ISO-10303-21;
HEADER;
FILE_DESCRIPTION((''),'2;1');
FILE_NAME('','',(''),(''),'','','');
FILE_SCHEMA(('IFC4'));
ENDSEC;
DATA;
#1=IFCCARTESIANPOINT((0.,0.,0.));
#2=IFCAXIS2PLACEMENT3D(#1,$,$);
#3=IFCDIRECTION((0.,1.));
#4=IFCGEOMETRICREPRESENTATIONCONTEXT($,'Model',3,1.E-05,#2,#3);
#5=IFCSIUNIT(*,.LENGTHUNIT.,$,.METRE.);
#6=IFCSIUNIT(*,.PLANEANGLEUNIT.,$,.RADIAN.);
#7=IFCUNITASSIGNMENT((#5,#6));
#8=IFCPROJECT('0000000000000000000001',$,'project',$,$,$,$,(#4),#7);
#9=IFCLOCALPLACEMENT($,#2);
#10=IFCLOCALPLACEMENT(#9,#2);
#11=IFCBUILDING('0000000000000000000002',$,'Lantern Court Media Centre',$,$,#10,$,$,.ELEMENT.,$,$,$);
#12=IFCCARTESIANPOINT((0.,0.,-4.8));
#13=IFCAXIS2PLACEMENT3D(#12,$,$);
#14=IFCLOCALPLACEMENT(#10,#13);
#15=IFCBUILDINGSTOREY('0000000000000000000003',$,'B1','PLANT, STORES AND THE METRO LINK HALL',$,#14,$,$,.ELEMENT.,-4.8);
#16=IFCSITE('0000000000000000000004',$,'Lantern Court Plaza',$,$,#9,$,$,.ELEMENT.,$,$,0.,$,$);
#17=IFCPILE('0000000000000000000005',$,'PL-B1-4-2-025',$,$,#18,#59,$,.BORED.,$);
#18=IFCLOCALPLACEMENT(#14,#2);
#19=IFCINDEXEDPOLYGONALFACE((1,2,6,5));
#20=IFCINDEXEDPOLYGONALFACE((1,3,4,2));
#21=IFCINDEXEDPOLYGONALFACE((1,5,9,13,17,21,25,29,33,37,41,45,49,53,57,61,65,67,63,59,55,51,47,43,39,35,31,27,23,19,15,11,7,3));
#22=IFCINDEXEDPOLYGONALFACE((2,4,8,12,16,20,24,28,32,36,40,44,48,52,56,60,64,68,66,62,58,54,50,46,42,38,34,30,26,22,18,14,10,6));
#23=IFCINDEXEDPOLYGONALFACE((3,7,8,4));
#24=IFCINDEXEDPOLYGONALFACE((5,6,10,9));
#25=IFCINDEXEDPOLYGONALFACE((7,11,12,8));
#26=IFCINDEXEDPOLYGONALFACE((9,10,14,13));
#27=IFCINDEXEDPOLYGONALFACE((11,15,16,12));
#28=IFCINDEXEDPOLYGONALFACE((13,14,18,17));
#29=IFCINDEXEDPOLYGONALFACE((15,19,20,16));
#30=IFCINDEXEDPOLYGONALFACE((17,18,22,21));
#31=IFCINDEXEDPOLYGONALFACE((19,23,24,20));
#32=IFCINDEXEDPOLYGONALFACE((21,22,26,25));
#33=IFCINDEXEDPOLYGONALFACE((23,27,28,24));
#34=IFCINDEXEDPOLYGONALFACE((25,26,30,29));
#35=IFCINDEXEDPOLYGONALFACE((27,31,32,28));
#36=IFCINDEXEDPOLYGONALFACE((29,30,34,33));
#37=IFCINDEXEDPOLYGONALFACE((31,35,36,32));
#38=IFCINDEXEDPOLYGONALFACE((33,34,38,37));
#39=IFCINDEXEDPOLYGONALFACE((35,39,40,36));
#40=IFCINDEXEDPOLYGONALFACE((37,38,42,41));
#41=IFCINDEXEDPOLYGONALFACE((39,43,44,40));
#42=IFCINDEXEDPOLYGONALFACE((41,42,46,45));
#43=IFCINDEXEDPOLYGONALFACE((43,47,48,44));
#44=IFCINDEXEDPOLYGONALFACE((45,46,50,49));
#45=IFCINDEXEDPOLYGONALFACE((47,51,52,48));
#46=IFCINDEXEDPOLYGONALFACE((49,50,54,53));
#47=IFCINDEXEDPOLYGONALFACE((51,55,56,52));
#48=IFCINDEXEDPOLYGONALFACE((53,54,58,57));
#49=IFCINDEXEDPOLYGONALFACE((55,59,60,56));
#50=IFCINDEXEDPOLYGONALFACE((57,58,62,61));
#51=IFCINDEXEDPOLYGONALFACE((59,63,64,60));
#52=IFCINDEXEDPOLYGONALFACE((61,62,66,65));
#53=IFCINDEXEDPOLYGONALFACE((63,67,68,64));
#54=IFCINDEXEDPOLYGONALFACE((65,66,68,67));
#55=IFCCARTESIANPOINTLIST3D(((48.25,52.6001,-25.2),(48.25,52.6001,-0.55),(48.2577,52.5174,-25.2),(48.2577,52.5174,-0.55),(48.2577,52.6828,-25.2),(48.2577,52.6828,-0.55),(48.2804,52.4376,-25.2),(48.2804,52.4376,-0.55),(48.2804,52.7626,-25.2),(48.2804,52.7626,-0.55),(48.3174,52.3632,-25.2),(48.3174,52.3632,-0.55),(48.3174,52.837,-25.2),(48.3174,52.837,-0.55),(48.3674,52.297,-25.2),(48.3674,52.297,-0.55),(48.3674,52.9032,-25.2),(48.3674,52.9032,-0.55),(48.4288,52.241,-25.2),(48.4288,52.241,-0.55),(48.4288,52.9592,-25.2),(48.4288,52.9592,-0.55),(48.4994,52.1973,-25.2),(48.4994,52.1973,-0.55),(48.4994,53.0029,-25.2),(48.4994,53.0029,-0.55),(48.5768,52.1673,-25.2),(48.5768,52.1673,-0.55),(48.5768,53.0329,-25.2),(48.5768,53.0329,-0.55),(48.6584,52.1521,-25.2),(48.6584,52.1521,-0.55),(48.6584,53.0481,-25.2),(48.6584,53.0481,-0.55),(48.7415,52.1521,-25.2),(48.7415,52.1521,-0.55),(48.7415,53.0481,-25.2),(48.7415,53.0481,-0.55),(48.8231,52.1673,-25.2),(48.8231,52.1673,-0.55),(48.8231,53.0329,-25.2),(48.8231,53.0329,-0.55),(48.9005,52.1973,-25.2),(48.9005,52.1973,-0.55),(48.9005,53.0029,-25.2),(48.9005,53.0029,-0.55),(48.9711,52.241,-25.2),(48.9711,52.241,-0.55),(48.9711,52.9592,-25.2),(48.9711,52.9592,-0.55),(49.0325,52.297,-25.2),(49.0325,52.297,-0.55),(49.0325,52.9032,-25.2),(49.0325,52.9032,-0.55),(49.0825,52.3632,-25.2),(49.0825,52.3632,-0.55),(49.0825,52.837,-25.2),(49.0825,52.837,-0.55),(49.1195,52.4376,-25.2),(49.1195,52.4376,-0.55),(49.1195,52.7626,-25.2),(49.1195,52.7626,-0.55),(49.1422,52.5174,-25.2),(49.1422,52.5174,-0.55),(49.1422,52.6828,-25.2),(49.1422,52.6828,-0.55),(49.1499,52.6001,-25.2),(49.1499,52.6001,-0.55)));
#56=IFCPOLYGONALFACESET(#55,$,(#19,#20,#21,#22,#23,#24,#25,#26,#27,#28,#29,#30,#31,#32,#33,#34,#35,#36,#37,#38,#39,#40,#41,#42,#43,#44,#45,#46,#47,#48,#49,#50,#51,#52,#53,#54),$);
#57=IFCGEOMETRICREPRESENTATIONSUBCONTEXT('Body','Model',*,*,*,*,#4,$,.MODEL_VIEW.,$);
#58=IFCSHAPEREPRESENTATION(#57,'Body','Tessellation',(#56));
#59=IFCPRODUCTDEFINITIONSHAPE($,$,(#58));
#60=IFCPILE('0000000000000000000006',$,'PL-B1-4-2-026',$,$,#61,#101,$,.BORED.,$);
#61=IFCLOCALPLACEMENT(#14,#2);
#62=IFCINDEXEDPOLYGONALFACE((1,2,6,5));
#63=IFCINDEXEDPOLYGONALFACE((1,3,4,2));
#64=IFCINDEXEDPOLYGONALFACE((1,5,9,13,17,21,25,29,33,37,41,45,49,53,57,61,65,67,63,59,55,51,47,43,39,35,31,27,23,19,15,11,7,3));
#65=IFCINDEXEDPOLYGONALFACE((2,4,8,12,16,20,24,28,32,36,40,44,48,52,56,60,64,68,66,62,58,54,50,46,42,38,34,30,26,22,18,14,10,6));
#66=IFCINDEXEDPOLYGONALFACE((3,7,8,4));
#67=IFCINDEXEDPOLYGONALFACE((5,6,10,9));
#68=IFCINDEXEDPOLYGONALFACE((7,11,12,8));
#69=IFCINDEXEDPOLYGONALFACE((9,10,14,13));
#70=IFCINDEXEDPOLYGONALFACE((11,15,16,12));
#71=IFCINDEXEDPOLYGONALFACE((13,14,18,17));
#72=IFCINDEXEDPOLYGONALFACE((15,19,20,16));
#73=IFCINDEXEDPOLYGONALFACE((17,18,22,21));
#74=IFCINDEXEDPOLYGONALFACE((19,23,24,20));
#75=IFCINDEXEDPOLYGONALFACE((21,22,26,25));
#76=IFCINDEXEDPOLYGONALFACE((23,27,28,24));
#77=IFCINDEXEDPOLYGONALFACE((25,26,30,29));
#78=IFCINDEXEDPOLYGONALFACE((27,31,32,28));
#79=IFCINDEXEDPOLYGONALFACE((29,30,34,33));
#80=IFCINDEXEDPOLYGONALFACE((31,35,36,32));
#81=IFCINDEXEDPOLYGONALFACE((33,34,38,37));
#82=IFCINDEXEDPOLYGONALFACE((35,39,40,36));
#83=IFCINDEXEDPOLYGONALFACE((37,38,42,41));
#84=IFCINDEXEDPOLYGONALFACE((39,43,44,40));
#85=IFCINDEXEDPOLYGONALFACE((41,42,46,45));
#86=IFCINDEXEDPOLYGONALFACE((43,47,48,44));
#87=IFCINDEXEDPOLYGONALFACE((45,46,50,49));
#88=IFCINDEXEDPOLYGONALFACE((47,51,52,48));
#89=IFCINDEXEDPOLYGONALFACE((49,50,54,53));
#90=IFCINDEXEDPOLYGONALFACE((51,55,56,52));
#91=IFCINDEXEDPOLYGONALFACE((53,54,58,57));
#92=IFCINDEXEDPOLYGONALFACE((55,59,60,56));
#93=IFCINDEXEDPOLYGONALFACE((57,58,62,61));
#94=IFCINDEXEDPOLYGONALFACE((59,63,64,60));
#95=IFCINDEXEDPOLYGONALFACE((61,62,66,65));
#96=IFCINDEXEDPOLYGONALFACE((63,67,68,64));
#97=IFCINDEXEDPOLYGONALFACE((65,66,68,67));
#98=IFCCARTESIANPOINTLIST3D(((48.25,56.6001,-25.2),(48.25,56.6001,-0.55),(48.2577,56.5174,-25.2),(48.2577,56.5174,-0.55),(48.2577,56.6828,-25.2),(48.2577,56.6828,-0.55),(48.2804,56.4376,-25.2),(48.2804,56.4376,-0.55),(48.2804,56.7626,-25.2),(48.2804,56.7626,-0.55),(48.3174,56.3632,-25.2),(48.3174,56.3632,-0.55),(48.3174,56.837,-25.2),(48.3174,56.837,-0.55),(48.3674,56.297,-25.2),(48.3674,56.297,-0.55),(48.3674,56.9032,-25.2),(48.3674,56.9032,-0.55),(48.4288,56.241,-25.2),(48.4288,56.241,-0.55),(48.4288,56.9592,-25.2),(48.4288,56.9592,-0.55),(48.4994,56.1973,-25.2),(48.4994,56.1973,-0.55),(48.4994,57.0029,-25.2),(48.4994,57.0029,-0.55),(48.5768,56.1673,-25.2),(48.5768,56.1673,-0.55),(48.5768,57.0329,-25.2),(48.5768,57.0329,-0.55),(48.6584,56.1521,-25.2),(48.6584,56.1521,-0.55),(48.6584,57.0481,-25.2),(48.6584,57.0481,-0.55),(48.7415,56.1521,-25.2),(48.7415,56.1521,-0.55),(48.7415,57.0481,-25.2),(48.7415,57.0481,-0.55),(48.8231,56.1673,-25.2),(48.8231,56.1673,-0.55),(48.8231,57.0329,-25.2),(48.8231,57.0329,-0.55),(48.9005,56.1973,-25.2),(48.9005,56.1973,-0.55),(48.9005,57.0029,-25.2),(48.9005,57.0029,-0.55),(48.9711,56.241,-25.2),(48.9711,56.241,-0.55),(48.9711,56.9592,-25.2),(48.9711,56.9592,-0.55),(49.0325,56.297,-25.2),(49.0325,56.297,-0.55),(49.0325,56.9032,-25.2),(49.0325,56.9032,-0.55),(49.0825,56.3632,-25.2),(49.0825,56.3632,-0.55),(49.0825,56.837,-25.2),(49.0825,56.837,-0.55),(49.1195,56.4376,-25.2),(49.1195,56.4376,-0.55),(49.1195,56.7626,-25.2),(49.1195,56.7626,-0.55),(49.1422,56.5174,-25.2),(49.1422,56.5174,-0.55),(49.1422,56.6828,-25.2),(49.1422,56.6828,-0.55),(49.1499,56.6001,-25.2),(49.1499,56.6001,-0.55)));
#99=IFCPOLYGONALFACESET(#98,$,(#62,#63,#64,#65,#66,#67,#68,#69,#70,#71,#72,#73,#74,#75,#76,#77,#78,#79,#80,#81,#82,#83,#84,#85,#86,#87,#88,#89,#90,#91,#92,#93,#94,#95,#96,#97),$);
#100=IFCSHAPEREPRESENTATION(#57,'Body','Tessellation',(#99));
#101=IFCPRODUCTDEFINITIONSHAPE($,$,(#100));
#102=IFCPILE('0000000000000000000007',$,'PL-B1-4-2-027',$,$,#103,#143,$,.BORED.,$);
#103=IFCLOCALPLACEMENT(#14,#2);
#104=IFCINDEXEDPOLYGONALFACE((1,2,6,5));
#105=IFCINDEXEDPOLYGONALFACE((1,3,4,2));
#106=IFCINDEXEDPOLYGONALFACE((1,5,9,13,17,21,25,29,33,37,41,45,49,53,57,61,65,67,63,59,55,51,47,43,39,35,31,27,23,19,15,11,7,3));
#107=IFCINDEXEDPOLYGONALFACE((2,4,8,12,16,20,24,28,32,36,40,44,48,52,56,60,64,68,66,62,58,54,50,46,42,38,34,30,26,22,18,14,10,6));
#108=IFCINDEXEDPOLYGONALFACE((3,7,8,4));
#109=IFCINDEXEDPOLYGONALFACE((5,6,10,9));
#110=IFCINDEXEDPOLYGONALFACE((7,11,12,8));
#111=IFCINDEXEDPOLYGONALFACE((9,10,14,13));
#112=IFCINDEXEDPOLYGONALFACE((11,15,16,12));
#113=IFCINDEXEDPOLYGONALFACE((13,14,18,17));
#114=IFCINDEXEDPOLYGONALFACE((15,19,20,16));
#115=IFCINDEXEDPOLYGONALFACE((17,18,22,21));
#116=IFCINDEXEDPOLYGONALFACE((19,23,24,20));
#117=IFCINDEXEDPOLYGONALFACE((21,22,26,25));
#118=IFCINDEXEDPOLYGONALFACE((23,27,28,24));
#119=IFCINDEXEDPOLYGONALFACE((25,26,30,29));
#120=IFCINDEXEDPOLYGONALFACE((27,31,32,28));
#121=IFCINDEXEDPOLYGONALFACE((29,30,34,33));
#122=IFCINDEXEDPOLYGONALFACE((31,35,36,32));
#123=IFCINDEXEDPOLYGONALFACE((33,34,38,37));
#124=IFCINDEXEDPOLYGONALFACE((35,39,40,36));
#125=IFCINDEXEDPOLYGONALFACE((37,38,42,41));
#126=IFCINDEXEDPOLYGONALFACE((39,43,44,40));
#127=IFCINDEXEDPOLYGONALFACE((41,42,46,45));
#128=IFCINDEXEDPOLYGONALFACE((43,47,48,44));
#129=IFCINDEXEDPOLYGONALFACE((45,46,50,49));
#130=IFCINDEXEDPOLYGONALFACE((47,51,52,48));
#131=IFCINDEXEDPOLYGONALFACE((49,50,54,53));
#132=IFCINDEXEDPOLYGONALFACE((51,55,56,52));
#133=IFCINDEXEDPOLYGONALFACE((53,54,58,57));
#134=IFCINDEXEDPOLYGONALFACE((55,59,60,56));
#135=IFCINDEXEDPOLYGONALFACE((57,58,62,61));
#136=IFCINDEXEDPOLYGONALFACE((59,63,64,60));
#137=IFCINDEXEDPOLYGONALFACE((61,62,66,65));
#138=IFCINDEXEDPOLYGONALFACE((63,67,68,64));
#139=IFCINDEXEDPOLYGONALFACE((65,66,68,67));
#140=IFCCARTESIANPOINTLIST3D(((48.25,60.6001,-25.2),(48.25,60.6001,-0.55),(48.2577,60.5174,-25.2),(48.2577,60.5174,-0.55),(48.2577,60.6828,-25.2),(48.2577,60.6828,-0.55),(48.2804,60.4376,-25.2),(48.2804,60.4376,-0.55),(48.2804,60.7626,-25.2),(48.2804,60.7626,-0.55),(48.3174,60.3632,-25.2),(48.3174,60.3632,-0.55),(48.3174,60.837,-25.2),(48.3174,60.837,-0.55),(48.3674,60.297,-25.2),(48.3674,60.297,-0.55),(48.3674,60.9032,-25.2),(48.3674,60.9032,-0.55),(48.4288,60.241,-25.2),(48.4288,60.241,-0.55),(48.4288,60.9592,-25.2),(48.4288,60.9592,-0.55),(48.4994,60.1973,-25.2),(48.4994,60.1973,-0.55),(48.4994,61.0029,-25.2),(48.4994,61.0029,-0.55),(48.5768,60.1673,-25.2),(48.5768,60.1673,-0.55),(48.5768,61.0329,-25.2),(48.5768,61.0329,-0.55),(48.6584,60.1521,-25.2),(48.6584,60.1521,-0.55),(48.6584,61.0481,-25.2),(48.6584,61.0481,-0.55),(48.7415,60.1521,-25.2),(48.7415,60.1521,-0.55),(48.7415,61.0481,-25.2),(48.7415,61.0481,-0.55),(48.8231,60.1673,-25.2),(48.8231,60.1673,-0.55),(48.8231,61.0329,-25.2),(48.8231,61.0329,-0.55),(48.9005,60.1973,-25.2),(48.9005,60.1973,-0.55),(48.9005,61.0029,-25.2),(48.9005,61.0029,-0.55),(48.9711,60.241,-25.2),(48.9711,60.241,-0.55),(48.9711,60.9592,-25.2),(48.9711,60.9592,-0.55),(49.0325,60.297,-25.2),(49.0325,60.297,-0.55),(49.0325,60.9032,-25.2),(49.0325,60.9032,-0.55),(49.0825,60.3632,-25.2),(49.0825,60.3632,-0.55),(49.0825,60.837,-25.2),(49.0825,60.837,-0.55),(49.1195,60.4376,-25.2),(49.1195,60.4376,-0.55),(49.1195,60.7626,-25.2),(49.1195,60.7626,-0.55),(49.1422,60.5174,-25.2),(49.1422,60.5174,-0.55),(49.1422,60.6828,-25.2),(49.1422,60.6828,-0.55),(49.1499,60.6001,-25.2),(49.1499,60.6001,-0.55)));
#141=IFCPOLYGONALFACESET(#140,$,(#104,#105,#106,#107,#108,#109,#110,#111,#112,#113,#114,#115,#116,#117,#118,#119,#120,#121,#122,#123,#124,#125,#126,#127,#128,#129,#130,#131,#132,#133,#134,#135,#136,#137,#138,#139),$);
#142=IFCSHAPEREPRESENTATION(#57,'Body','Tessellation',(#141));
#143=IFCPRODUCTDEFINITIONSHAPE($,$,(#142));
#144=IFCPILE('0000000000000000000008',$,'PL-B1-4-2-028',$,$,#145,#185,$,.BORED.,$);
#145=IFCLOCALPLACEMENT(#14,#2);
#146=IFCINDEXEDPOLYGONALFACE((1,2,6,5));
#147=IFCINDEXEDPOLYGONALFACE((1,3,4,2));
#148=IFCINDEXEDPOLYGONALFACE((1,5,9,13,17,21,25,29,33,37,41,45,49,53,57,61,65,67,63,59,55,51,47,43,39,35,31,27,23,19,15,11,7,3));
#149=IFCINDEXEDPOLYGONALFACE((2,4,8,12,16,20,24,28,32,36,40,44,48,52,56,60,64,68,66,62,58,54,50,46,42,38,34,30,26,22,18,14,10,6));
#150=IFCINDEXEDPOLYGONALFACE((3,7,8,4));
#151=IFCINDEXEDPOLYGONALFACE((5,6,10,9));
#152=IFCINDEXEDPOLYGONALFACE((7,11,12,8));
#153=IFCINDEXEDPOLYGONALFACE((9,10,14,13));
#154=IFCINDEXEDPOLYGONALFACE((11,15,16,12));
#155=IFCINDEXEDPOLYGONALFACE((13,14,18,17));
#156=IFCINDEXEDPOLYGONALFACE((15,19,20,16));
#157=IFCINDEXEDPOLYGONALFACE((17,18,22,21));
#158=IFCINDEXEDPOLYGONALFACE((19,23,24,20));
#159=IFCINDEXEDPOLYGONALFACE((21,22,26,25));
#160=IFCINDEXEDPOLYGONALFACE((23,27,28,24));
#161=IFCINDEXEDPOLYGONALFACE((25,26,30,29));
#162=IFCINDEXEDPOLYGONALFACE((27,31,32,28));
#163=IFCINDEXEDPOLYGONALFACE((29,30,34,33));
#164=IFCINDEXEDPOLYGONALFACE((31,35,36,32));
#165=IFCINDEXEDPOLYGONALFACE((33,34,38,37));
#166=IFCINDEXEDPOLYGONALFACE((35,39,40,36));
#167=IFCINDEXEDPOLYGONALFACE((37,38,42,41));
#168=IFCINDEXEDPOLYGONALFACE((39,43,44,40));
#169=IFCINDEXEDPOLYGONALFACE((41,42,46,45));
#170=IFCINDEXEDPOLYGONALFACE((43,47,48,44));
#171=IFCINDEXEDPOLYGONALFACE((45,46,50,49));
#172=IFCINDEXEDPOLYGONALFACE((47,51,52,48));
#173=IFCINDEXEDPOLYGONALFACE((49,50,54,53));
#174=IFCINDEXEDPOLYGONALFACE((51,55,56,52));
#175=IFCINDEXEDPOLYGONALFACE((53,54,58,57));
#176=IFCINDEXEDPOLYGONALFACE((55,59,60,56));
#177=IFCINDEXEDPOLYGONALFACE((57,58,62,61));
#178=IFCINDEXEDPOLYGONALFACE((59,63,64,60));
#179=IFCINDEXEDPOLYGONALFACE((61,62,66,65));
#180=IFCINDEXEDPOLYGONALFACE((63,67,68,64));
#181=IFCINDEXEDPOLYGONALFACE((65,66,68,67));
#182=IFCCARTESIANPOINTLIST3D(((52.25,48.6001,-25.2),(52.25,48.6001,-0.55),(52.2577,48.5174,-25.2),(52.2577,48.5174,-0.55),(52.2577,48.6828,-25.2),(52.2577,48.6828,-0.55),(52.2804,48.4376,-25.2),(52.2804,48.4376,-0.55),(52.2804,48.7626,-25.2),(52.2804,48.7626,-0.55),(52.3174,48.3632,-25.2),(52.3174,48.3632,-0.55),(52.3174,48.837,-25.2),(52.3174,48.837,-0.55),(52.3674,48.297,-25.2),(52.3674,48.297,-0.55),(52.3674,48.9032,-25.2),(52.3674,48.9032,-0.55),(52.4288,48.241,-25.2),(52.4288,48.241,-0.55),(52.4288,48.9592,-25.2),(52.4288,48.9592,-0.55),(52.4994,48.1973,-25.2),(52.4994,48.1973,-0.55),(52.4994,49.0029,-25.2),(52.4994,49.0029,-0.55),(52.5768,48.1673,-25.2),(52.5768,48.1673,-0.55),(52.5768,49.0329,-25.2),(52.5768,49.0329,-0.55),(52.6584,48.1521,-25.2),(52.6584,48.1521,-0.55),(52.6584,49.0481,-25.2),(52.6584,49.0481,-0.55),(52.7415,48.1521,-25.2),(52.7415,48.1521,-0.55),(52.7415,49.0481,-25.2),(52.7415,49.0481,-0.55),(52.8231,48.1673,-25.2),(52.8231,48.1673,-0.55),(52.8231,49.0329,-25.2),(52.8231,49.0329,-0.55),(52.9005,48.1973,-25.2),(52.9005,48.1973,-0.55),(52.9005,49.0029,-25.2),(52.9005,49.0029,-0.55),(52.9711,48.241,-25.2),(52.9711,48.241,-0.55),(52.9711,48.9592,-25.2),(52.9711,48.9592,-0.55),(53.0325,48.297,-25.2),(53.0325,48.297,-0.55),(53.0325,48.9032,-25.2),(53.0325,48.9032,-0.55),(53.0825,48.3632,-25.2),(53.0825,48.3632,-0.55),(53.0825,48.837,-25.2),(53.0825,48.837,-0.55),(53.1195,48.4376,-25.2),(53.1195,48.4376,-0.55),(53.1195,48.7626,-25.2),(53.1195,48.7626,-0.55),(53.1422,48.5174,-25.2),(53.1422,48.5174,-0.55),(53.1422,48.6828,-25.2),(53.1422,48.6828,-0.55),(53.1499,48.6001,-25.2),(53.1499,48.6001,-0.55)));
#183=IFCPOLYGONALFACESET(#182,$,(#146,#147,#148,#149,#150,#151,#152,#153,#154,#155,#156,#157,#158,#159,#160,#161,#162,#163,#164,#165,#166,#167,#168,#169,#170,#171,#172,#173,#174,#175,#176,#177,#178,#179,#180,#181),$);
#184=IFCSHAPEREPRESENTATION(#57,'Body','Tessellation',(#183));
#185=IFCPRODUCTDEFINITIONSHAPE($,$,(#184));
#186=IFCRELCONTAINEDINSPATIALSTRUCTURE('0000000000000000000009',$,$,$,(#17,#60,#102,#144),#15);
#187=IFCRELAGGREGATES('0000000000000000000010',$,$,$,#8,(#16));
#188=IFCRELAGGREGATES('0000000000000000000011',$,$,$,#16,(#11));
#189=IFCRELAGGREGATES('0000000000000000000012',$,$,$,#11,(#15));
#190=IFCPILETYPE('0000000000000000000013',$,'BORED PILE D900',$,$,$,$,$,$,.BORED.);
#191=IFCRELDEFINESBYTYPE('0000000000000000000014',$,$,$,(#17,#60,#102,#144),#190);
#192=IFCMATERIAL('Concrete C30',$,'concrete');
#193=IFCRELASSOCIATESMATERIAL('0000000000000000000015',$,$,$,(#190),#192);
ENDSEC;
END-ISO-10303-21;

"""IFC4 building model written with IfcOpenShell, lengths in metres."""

from ifc_helpers import new_model, si_unit, direction, frame, origin, origin_2d, place, context, subcontext, project, spatial, circle, extrude, material, material_profile, profile_set, type_object, element, save


model = new_model("IFC4")

# Units and contexts
model_context = context("Model", 3, precision=1e-05, world=origin(), true_north=direction((0.0, 1.0)))
body_context = subcontext(model_context, "Body", "Model", "MODEL_VIEW")
ifc_project = project(units=[si_unit("LENGTHUNIT", "METRE"), si_unit("PLANEANGLEUNIT", "RADIAN")], contexts=[model_context])

# Site, building, storey
site_placement = place(None, origin())
site = spatial("IfcSite", under=ifc_project, at=site_placement, Name="Lantern Court Plaza", CompositionType="ELEMENT", RefElevation=0.0)
building_placement = place(site_placement, origin())
building = spatial("IfcBuilding", under=site, at=building_placement, Name="Lantern Court Media Centre", CompositionType="ELEMENT")
storey_placement = place(building_placement, frame((0.0, 0.0, -4.8)))
storey = spatial("IfcBuildingStorey", under=building, at=storey_placement, Name="B1", Description="PLANT, STORES AND THE METRO LINK HALL", CompositionType="ELEMENT", Elevation=-4.8)

# Piles
ifc_material_1 = material(Name="Concrete C30", Category="concrete")
ifc_material_profile_1 = material_profile(ifc_material_1, circle(Radius=0.45, at=origin_2d()), Name="D900")
ifc_profile_set_1 = profile_set([ifc_material_profile_1], Name="Concrete C30")
pile_type = type_object("IfcPileType", Name="BORED PILE D900", PredefinedType="BORED", material=ifc_profile_set_1)
for number, where, z_axis, x_axis, name in (
    (1, (48.7, 52.6001, -0.55), (0.0, 0.0, -1.0), (1.0, 0.0, 0.0), "PL-B1-4-2-025"),
    (2, (48.7, 56.6001, -0.55), (0.0, 0.0, -1.0), (1.0, 0.0, 0.0), "PL-B1-4-2-026"),
    (3, (48.7, 60.6001, -0.55), (0.0, 0.0, -1.0), (1.0, 0.0, 0.0), "PL-B1-4-2-027"),
    (4, (52.7, 48.6001, -0.55), (0.0, 0.0, -1.0), (1.0, 0.0, 0.0), "PL-B1-4-2-028"),
):
    element("IfcPile", number, at=place(storey_placement, frame(where, z_axis=z_axis, x_axis=x_axis)), inside=storey, type_object=pile_type, Name=name, PredefinedType="BORED", context=body_context, shape_type="SweptSolid", body=[
        extrude(circle(Radius=0.45, at=origin_2d()), origin(), (0.0, 0.0, 1.0), 24.6499),
    ])

save(model, "model.ifc")
